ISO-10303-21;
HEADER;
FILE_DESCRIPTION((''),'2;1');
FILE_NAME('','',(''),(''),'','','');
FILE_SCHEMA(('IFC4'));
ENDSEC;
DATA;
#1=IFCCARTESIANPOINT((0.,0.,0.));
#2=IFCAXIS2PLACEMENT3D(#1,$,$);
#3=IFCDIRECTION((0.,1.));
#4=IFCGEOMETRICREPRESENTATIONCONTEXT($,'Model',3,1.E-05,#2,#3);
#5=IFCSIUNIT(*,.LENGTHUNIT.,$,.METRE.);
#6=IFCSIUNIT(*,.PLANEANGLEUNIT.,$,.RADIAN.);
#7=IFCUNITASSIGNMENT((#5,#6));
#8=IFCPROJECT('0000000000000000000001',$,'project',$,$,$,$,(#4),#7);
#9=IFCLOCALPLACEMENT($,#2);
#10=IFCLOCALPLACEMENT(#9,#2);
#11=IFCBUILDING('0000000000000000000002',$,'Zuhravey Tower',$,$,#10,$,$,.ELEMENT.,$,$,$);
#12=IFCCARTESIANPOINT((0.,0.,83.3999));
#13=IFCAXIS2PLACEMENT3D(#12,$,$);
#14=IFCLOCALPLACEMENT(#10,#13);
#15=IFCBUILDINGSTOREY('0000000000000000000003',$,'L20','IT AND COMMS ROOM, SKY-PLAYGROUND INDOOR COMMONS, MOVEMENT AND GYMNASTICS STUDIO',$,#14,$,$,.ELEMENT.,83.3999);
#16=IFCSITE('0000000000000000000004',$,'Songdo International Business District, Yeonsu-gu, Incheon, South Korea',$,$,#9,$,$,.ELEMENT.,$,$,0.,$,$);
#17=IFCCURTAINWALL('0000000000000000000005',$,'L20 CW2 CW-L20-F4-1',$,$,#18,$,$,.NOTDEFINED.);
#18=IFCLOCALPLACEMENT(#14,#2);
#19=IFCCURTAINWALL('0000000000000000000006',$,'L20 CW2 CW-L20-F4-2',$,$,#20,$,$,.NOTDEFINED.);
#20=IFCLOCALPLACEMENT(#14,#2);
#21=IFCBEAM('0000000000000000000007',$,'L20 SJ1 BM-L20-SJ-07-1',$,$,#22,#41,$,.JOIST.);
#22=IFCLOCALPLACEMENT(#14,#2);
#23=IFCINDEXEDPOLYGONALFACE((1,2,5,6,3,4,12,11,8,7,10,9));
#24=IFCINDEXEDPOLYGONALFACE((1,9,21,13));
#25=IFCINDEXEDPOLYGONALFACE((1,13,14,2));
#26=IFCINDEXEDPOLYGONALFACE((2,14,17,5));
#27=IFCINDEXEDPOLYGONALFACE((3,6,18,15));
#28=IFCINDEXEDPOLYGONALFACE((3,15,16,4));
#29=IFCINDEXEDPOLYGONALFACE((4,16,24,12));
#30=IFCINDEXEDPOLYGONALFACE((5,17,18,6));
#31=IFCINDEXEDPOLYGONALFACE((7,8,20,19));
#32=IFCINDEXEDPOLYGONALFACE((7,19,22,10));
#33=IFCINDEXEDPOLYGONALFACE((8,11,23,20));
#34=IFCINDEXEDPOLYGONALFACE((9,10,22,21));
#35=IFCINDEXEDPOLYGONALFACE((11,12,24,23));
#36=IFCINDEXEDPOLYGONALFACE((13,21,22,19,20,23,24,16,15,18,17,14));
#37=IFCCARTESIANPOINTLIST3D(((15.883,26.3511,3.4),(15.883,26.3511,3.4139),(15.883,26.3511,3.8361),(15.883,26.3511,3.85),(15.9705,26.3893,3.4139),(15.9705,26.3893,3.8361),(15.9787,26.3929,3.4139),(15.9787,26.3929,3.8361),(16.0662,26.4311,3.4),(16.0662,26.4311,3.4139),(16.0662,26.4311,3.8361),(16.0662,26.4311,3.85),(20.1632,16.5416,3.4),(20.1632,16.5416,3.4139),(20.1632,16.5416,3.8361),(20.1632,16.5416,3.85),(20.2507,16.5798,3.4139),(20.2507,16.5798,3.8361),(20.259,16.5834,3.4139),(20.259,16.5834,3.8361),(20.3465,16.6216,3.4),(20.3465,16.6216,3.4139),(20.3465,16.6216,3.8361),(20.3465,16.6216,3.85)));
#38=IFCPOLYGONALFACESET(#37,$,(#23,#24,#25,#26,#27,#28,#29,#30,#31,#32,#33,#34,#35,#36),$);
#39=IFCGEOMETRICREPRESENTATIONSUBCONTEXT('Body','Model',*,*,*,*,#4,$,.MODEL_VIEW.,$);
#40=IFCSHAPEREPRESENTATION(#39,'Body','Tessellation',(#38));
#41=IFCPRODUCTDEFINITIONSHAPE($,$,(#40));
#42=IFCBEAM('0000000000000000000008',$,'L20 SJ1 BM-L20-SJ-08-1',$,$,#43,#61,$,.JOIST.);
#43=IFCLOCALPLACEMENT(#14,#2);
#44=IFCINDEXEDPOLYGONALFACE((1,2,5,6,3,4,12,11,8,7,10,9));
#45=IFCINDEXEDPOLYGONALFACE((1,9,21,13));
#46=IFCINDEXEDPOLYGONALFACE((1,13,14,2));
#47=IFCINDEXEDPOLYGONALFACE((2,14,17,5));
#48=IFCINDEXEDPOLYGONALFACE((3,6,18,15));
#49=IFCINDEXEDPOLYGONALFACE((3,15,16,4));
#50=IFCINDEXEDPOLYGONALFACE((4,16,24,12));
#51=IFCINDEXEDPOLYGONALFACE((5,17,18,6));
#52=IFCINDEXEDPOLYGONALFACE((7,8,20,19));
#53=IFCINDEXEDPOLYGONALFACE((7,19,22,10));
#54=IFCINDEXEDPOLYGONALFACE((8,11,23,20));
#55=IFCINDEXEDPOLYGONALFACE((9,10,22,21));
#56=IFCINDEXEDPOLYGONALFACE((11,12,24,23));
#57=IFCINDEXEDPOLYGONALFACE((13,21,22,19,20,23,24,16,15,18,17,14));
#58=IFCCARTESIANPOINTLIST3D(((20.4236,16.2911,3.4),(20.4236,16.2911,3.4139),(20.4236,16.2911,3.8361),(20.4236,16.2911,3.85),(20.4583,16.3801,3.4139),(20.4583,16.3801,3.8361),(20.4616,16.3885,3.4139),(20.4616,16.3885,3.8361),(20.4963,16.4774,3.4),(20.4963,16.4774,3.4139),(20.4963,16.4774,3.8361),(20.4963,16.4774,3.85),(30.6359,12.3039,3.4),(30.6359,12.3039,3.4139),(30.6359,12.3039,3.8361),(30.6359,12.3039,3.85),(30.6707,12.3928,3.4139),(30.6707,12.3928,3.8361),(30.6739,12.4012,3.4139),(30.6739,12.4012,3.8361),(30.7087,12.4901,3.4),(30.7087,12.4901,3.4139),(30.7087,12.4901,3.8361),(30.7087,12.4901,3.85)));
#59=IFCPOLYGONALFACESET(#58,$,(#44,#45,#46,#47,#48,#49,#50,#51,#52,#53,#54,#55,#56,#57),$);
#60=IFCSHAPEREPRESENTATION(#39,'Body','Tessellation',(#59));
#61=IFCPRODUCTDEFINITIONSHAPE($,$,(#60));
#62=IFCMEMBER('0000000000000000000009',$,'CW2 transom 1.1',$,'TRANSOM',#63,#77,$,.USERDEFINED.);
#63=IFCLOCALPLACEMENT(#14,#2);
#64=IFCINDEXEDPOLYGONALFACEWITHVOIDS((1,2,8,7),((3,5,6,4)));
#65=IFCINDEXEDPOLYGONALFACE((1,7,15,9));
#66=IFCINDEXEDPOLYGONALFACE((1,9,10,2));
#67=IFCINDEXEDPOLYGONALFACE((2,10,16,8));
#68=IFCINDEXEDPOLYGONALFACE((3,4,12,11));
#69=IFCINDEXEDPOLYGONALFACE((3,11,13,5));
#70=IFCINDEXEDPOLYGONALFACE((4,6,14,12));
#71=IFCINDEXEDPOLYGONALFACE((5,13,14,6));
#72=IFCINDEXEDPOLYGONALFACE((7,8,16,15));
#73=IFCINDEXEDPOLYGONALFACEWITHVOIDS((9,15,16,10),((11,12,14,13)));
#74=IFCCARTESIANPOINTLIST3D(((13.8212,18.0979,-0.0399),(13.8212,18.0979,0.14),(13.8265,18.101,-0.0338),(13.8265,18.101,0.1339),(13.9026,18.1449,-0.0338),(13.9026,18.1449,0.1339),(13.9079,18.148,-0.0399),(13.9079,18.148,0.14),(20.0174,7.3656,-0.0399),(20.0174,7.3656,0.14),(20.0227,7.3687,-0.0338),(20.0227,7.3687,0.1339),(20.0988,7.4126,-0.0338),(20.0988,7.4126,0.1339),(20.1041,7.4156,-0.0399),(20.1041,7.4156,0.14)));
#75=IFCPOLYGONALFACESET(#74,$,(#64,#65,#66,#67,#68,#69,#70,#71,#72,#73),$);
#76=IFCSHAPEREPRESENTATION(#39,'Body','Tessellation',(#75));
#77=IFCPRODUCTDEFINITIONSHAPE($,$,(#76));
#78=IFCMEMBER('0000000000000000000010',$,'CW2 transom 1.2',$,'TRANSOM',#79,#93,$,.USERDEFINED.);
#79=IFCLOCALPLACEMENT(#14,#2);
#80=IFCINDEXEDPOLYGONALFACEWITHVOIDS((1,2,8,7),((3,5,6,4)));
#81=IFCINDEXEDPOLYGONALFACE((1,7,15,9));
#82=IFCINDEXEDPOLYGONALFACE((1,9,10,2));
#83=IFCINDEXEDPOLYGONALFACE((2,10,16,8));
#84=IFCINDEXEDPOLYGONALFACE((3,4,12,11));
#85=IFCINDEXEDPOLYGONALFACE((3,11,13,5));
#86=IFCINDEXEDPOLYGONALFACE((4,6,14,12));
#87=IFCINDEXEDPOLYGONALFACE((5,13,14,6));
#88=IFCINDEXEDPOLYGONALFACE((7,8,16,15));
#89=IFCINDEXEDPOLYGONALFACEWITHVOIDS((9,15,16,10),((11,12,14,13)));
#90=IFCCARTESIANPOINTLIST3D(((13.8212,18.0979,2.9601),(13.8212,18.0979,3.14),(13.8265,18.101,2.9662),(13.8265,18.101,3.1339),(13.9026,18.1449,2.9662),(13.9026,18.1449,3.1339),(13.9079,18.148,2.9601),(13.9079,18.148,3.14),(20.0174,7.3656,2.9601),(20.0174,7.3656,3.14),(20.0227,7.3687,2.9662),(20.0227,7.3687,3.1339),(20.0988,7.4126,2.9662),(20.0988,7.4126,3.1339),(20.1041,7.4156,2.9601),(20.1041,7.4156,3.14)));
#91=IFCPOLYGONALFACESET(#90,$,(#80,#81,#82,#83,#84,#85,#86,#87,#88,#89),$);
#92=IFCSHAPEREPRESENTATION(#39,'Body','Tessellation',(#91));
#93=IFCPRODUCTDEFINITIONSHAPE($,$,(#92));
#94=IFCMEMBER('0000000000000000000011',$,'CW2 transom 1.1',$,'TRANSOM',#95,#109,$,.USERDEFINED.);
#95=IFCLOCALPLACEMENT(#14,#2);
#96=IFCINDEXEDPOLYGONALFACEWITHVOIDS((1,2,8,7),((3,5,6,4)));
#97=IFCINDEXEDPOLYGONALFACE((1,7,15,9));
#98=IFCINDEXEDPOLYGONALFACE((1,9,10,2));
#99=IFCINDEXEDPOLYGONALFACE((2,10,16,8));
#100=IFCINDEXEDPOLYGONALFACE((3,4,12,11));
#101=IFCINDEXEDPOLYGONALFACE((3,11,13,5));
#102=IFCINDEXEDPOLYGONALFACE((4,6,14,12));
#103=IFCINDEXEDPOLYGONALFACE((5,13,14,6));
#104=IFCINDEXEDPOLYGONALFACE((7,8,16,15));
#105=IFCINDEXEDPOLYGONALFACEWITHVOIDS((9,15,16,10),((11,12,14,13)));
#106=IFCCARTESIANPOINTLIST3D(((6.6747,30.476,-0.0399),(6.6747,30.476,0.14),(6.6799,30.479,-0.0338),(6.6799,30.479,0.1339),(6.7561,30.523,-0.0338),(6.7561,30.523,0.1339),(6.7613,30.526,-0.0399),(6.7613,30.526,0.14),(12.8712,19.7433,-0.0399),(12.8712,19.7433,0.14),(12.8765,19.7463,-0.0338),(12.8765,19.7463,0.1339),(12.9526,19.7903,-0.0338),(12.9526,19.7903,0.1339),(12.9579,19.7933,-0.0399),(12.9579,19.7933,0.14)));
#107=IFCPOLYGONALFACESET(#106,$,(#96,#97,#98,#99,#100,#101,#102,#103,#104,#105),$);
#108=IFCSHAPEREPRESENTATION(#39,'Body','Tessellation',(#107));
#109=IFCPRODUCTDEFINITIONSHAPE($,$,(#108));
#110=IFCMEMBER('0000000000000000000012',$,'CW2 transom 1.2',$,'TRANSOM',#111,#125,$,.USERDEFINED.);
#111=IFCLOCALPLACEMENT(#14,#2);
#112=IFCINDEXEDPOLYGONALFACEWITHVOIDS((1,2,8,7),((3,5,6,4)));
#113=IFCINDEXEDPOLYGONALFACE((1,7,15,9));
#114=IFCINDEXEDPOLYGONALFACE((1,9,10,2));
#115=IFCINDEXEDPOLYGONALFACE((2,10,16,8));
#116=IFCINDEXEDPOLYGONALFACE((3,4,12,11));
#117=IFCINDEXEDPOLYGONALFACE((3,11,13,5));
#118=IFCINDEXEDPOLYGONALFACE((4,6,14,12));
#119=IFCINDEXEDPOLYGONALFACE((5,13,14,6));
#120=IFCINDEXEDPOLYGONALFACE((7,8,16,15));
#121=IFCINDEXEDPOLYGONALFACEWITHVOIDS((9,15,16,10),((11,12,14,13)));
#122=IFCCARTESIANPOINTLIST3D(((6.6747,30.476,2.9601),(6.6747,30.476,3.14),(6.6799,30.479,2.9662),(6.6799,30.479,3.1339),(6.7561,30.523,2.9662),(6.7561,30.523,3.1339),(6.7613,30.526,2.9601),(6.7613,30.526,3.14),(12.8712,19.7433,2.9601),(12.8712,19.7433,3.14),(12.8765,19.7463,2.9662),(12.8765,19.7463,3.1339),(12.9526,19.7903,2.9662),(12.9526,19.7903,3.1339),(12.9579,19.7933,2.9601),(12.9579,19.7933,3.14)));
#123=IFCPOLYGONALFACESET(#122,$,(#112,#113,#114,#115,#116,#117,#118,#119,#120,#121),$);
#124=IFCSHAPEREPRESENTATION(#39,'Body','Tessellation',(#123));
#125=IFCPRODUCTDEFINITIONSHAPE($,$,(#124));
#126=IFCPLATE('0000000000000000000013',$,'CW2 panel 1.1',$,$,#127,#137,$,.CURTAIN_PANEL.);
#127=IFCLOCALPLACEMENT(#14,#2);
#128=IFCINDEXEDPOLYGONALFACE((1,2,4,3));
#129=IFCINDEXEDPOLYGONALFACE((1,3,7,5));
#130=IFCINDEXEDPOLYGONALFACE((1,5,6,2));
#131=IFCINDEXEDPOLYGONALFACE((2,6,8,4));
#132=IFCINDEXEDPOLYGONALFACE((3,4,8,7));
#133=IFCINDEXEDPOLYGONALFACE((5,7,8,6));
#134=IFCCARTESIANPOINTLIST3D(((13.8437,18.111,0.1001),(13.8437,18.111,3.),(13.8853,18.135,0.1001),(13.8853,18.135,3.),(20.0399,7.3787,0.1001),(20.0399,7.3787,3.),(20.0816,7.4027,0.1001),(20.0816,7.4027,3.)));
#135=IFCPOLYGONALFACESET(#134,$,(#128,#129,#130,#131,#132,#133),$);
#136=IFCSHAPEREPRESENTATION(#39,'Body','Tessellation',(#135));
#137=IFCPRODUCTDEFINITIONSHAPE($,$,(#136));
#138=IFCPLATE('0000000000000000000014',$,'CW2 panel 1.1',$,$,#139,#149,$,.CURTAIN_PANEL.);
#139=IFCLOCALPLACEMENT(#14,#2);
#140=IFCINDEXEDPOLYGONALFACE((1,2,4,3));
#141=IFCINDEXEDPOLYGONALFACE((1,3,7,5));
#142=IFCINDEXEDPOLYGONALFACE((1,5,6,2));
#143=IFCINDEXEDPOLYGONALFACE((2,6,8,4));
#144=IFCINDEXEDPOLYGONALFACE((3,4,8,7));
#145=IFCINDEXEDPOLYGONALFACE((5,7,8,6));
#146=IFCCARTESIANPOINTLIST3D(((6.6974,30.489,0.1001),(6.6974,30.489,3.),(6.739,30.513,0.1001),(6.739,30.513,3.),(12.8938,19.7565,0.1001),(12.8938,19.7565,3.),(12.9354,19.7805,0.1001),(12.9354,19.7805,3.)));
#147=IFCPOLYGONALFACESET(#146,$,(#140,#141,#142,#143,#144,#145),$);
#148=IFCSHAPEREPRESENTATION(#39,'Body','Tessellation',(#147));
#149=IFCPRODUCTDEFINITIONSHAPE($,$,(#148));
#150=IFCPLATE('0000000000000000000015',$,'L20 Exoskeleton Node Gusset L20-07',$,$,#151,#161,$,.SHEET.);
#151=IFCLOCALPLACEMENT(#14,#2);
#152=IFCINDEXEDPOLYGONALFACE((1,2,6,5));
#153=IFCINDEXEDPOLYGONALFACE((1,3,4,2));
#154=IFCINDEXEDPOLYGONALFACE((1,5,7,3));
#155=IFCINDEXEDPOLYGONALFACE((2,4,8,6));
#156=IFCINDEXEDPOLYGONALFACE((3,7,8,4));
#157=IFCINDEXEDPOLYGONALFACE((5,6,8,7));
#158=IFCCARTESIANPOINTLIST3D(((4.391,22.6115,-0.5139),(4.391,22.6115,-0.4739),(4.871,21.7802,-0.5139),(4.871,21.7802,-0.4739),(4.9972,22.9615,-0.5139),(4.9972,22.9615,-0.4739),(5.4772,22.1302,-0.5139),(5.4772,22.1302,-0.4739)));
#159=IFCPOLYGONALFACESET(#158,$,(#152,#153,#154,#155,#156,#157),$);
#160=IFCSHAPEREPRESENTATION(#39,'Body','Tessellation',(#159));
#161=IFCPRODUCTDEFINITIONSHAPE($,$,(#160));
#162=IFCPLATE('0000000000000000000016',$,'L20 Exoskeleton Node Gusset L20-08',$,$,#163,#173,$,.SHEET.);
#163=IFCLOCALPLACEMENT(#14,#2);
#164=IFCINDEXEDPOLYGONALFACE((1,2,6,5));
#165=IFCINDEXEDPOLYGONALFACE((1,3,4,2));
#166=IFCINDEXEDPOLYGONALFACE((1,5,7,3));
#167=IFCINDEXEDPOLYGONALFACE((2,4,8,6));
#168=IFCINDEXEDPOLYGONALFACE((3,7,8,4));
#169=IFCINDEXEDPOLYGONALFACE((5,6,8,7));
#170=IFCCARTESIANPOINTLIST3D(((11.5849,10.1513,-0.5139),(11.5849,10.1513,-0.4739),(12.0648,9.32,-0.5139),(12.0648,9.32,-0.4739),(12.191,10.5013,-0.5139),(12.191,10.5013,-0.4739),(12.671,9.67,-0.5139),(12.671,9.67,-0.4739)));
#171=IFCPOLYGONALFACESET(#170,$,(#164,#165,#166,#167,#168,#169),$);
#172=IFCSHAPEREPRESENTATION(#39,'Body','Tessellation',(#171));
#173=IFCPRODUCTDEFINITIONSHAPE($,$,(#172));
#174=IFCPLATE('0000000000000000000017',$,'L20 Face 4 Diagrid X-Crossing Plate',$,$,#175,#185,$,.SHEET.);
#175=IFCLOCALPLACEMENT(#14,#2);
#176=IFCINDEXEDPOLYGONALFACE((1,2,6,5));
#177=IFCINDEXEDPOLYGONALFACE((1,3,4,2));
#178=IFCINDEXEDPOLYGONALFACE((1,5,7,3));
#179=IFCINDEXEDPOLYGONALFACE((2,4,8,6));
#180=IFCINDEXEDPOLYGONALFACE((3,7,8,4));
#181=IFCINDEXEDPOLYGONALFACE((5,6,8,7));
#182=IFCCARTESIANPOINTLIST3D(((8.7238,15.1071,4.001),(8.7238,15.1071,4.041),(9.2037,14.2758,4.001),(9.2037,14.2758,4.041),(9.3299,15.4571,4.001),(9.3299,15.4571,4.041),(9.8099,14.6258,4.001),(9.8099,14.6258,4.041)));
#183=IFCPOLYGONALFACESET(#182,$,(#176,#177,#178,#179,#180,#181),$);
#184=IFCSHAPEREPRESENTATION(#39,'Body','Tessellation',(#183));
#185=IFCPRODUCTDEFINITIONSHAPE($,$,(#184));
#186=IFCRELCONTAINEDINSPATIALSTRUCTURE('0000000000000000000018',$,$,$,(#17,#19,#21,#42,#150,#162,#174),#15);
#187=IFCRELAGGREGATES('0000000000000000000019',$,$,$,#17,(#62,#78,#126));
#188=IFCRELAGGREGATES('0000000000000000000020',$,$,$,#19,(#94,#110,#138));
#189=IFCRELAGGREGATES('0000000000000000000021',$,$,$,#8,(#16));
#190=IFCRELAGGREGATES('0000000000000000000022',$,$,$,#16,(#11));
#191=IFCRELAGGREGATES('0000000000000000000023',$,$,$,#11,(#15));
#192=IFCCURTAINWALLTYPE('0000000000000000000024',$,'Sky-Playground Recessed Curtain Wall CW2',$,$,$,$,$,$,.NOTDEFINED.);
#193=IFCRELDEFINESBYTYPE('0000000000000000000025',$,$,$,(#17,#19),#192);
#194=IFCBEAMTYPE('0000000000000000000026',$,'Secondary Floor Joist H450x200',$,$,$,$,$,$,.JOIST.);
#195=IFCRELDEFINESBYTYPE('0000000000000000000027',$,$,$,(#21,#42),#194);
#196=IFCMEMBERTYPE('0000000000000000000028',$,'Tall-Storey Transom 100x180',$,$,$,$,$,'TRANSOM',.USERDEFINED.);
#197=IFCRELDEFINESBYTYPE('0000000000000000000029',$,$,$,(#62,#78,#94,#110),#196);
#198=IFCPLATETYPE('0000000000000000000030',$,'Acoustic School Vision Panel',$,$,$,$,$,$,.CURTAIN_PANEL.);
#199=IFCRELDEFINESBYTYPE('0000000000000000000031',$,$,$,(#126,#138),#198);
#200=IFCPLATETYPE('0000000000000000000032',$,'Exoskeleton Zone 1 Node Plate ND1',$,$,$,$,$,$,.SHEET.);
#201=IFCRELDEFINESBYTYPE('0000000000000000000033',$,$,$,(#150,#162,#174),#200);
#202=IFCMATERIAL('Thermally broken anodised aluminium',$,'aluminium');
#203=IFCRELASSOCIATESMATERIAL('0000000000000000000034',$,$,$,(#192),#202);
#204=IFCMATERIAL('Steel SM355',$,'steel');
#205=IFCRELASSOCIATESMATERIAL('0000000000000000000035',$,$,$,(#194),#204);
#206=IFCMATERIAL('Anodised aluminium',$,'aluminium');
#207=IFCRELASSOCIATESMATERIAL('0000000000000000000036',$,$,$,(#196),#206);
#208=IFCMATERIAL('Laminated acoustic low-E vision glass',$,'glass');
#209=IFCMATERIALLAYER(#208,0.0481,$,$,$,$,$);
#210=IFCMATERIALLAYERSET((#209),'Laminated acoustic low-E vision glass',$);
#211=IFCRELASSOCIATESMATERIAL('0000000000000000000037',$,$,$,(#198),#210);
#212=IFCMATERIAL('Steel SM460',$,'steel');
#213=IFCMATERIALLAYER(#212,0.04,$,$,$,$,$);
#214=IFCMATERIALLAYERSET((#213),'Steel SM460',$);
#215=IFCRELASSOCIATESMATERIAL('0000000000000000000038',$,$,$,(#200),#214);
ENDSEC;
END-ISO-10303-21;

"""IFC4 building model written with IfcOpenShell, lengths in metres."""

from ifc_helpers import new_model, si_unit, direction, frame, origin, origin_2d, place, context, subcontext, project, spatial, rectangle, hollow_rectangle, i_section, extrude, material, layer, layer_set, material_profile, profile_set, type_object, element, aggregate, save


model = new_model("IFC4")

# Units and contexts
model_context = context("Model", 3, precision=1e-05, world=origin(), true_north=direction((0.0, 1.0)))
body_context = subcontext(model_context, "Body", "Model", "MODEL_VIEW")
ifc_project = project(units=[si_unit("LENGTHUNIT", "METRE"), si_unit("PLANEANGLEUNIT", "RADIAN")], contexts=[model_context])

# Site, building, storey
site_placement = place(None, origin())
site = spatial("IfcSite", under=ifc_project, at=site_placement, Name="Songdo International Business District, Yeonsu-gu, Incheon, South Korea", CompositionType="ELEMENT", RefElevation=0.0)
building_placement = place(site_placement, origin())
building = spatial("IfcBuilding", under=site, at=building_placement, Name="Zuhravey Tower", CompositionType="ELEMENT")
storey_placement = place(building_placement, frame((0.0, 0.0, 83.3999)))
storey = spatial("IfcBuildingStorey", under=building, at=storey_placement, Name="L20", Description="IT AND COMMS ROOM, SKY-PLAYGROUND INDOOR COMMONS, MOVEMENT AND GYMNASTICS STUDIO", CompositionType="ELEMENT", Elevation=83.3999)

# Shared definitions
ifc_material_1 = material(Name="Steel SM460", Category="steel")

# Curtain walls
ifc_material_2 = material(Name="Thermally broken anodised aluminium", Category="aluminium")
curtain_wall_type = type_object("IfcCurtainWallType", Name="Sky-Playground Recessed Curtain Wall CW2", PredefinedType="NOTDEFINED", material=ifc_material_2)
curtain_wall_1_placement = place(storey_placement, origin())
curtain_wall_1 = element("IfcCurtainWall", 1, at=curtain_wall_1_placement, inside=storey, type_object=curtain_wall_type, Name="L20 CW2 CW-L20-F4-1", PredefinedType="NOTDEFINED")
ifc_material_3 = material(Name="Anodised aluminium", Category="aluminium")
curtain_wall_2_placement = place(storey_placement, origin())
curtain_wall_2 = element("IfcCurtainWall", 2, at=curtain_wall_2_placement, inside=storey, type_object=curtain_wall_type, Name="L20 CW2 CW-L20-F4-2", PredefinedType="NOTDEFINED")

# Beams
ifc_material_4 = material(Name="Steel SM355", Category="steel")
ifc_material_profile_1 = material_profile(ifc_material_4, i_section(OverallWidth=0.2, OverallDepth=0.45, WebThickness=0.009, FlangeThickness=0.0139, at=origin_2d()), Name="H-450x200x9x14")
ifc_profile_set_1 = profile_set([ifc_material_profile_1], Name="Steel SM355")
beam_type_1 = type_object("IfcBeamType", Name="Secondary Floor Joist H450x200", PredefinedType="JOIST", material=ifc_profile_set_1)
beam_1_placement = place(storey_placement, frame((15.9746, 26.3911, 3.625), z_axis=(0.399924, -0.916549, 0.0), x_axis=(0.916549, 0.399924, 0.0)))
element("IfcBeam", 3, at=beam_1_placement, inside=storey, type_object=beam_type_1, Name="L20 SJ1 BM-L20-SJ-07-1", PredefinedType="JOIST", context=body_context, shape_type="SweptSolid", body=[
    extrude(i_section(OverallWidth=0.2, OverallDepth=0.45, WebThickness=0.009, FlangeThickness=0.0139, at=origin_2d()), origin(), (0.0, 0.0, 1.0), 10.7026),
])
beam_2_placement = place(storey_placement, frame((20.46, 16.3843, 3.625), z_axis=(0.931517, -0.363699, 0.0), x_axis=(0.363699, 0.931517, 0.0)))
element("IfcBeam", 4, at=beam_2_placement, inside=storey, type_object=beam_type_1, Name="L20 SJ1 BM-L20-SJ-08-1", PredefinedType="JOIST", context=body_context, shape_type="SweptSolid", body=[
    extrude(i_section(OverallWidth=0.2, OverallDepth=0.45, WebThickness=0.009, FlangeThickness=0.0139, at=origin_2d()), origin(), (0.0, 0.0, 1.0), 10.9631),
])

# Members
ifc_material_profile_2 = material_profile(ifc_material_3, hollow_rectangle(XDim=0.1001, YDim=0.1799, WallThickness=0.0061, at=origin_2d()), Name="ALU-RHS-100x180x6")
ifc_profile_set_2 = profile_set([ifc_material_profile_2], Name="Anodised aluminium")
member_type_1 = type_object("IfcMemberType", Name="Tall-Storey Transom 100x180", ElementType="TRANSOM", PredefinedType="USERDEFINED", material=ifc_profile_set_2)
member_1_placement = place(storey_placement, frame((20.0608, 7.3906, 0.05), z_axis=(-0.499995, 0.866028, 0.0), x_axis=(-0.866028, -0.499995, 0.0)))
member_1 = element("IfcMember", 5, at=member_1_placement, type_object=member_type_1, Name="CW2 transom 1.1", ObjectType="TRANSOM", PredefinedType="USERDEFINED", context=body_context, shape_type="SweptSolid", body=[
    extrude(hollow_rectangle(XDim=0.1001, YDim=0.1799, WallThickness=0.0061, at=origin_2d()), origin(), (0.0, 0.0, 1.0), 12.3926),
])
member_2_placement = place(storey_placement, frame((20.0608, 7.3906, 3.05), z_axis=(-0.499995, 0.866028, 0.0), x_axis=(-0.866028, -0.499995, 0.0)))
member_2 = element("IfcMember", 6, at=member_2_placement, type_object=member_type_1, Name="CW2 transom 1.2", ObjectType="TRANSOM", PredefinedType="USERDEFINED", context=body_context, shape_type="SweptSolid", body=[
    extrude(hollow_rectangle(XDim=0.1001, YDim=0.1799, WallThickness=0.0061, at=origin_2d()), origin(), (0.0, 0.0, 1.0), 12.3926),
])
member_3_placement = place(storey_placement, frame((12.9146, 19.7683, 0.05), z_axis=(-0.500002, 0.866025, 0.0), x_axis=(-0.866025, -0.500002, 0.0)))
member_3 = element("IfcMember", 7, at=member_3_placement, type_object=member_type_1, Name="CW2 transom 1.1", ObjectType="TRANSOM", PredefinedType="USERDEFINED", context=body_context, shape_type="SweptSolid", body=[
    extrude(hollow_rectangle(XDim=0.1001, YDim=0.1799, WallThickness=0.0061, at=origin_2d()), origin(), (0.0, 0.0, 1.0), 12.3931),
])
member_4_placement = place(storey_placement, frame((12.9146, 19.7683, 3.05), z_axis=(-0.500002, 0.866025, 0.0), x_axis=(-0.866025, -0.500002, 0.0)))
member_4 = element("IfcMember", 8, at=member_4_placement, type_object=member_type_1, Name="CW2 transom 1.2", ObjectType="TRANSOM", PredefinedType="USERDEFINED", context=body_context, shape_type="SweptSolid", body=[
    extrude(hollow_rectangle(XDim=0.1001, YDim=0.1799, WallThickness=0.0061, at=origin_2d()), origin(), (0.0, 0.0, 1.0), 12.3931),
])

# Plates
ifc_material_5 = material(Name="Laminated acoustic low-E vision glass", Category="glass")
ifc_layer_1 = layer(ifc_material_5, 0.0481)
ifc_layer_set_1 = layer_set([ifc_layer_1], Name="Laminated acoustic low-E vision glass")
plate_type_1 = type_object("IfcPlateType", Name="Acoustic School Vision Panel", PredefinedType="CURTAIN_PANEL", material=ifc_layer_set_1)
plate_1_placement = place(storey_placement, frame((16.9626, 12.7568, 0.1001), z_axis=(0.0, 0.0, 1.0), x_axis=(-0.499997, 0.866027, 0.0)))
plate_1 = element("IfcPlate", 9, at=plate_1_placement, type_object=plate_type_1, Name="CW2 panel 1.1", PredefinedType="CURTAIN_PANEL", context=body_context, shape_type="SweptSolid", body=[
    extrude(rectangle(XDim=12.3926, YDim=0.0481, at=origin_2d()), origin(), (0.0, 0.0, 1.0), 2.8999),
])
aggregate(curtain_wall_1, [member_1, member_2, plate_1])
plate_2_placement = place(storey_placement, frame((9.8164, 25.1348, 0.1001), z_axis=(0.0, 0.0, 1.0), x_axis=(-0.499999, 0.866026, 0.0)))
plate_2 = element("IfcPlate", 10, at=plate_2_placement, type_object=plate_type_1, Name="CW2 panel 1.1", PredefinedType="CURTAIN_PANEL", context=body_context, shape_type="SweptSolid", body=[
    extrude(rectangle(XDim=12.3928, YDim=0.0481, at=origin_2d()), origin(), (0.0, 0.0, 1.0), 2.8999),
])
aggregate(curtain_wall_2, [member_3, member_4, plate_2])

# Plates
ifc_layer_2 = layer(ifc_material_1, 0.04)
ifc_layer_set_2 = layer_set([ifc_layer_2], Name="Steel SM460")
plate_type_2 = type_object("IfcPlateType", Name="Exoskeleton Zone 1 Node Plate ND1", PredefinedType="SHEET", material=ifc_layer_set_2)
for number, where, z_axis, x_axis, name in (
    (11, (4.9341, 22.3708, -0.5139), (0.0, 0.0, 1.0), (0.5, -0.866025, 0.0), "L20 Exoskeleton Node Gusset L20-07"),
    (12, (12.1279, 9.9106, -0.5139), (0.0, 0.0, 1.0), (0.5, -0.866025, 0.0), "L20 Exoskeleton Node Gusset L20-08"),
    (13, (9.2668, 14.8665, 4.001), (0.0, 0.0, 1.0), (0.5, -0.866025, 0.0), "L20 Face 4 Diagrid X-Crossing Plate"),
):
    element("IfcPlate", number, at=place(storey_placement, frame(where, z_axis=z_axis, x_axis=x_axis)), inside=storey, type_object=plate_type_2, Name=name, PredefinedType="SHEET", context=body_context, shape_type="SweptSolid", body=[
        extrude(rectangle(XDim=0.96, YDim=0.7, at=origin_2d()), origin(), (0.0, 0.0, 1.0), 0.04),
    ])

save(model, "model.ifc")
